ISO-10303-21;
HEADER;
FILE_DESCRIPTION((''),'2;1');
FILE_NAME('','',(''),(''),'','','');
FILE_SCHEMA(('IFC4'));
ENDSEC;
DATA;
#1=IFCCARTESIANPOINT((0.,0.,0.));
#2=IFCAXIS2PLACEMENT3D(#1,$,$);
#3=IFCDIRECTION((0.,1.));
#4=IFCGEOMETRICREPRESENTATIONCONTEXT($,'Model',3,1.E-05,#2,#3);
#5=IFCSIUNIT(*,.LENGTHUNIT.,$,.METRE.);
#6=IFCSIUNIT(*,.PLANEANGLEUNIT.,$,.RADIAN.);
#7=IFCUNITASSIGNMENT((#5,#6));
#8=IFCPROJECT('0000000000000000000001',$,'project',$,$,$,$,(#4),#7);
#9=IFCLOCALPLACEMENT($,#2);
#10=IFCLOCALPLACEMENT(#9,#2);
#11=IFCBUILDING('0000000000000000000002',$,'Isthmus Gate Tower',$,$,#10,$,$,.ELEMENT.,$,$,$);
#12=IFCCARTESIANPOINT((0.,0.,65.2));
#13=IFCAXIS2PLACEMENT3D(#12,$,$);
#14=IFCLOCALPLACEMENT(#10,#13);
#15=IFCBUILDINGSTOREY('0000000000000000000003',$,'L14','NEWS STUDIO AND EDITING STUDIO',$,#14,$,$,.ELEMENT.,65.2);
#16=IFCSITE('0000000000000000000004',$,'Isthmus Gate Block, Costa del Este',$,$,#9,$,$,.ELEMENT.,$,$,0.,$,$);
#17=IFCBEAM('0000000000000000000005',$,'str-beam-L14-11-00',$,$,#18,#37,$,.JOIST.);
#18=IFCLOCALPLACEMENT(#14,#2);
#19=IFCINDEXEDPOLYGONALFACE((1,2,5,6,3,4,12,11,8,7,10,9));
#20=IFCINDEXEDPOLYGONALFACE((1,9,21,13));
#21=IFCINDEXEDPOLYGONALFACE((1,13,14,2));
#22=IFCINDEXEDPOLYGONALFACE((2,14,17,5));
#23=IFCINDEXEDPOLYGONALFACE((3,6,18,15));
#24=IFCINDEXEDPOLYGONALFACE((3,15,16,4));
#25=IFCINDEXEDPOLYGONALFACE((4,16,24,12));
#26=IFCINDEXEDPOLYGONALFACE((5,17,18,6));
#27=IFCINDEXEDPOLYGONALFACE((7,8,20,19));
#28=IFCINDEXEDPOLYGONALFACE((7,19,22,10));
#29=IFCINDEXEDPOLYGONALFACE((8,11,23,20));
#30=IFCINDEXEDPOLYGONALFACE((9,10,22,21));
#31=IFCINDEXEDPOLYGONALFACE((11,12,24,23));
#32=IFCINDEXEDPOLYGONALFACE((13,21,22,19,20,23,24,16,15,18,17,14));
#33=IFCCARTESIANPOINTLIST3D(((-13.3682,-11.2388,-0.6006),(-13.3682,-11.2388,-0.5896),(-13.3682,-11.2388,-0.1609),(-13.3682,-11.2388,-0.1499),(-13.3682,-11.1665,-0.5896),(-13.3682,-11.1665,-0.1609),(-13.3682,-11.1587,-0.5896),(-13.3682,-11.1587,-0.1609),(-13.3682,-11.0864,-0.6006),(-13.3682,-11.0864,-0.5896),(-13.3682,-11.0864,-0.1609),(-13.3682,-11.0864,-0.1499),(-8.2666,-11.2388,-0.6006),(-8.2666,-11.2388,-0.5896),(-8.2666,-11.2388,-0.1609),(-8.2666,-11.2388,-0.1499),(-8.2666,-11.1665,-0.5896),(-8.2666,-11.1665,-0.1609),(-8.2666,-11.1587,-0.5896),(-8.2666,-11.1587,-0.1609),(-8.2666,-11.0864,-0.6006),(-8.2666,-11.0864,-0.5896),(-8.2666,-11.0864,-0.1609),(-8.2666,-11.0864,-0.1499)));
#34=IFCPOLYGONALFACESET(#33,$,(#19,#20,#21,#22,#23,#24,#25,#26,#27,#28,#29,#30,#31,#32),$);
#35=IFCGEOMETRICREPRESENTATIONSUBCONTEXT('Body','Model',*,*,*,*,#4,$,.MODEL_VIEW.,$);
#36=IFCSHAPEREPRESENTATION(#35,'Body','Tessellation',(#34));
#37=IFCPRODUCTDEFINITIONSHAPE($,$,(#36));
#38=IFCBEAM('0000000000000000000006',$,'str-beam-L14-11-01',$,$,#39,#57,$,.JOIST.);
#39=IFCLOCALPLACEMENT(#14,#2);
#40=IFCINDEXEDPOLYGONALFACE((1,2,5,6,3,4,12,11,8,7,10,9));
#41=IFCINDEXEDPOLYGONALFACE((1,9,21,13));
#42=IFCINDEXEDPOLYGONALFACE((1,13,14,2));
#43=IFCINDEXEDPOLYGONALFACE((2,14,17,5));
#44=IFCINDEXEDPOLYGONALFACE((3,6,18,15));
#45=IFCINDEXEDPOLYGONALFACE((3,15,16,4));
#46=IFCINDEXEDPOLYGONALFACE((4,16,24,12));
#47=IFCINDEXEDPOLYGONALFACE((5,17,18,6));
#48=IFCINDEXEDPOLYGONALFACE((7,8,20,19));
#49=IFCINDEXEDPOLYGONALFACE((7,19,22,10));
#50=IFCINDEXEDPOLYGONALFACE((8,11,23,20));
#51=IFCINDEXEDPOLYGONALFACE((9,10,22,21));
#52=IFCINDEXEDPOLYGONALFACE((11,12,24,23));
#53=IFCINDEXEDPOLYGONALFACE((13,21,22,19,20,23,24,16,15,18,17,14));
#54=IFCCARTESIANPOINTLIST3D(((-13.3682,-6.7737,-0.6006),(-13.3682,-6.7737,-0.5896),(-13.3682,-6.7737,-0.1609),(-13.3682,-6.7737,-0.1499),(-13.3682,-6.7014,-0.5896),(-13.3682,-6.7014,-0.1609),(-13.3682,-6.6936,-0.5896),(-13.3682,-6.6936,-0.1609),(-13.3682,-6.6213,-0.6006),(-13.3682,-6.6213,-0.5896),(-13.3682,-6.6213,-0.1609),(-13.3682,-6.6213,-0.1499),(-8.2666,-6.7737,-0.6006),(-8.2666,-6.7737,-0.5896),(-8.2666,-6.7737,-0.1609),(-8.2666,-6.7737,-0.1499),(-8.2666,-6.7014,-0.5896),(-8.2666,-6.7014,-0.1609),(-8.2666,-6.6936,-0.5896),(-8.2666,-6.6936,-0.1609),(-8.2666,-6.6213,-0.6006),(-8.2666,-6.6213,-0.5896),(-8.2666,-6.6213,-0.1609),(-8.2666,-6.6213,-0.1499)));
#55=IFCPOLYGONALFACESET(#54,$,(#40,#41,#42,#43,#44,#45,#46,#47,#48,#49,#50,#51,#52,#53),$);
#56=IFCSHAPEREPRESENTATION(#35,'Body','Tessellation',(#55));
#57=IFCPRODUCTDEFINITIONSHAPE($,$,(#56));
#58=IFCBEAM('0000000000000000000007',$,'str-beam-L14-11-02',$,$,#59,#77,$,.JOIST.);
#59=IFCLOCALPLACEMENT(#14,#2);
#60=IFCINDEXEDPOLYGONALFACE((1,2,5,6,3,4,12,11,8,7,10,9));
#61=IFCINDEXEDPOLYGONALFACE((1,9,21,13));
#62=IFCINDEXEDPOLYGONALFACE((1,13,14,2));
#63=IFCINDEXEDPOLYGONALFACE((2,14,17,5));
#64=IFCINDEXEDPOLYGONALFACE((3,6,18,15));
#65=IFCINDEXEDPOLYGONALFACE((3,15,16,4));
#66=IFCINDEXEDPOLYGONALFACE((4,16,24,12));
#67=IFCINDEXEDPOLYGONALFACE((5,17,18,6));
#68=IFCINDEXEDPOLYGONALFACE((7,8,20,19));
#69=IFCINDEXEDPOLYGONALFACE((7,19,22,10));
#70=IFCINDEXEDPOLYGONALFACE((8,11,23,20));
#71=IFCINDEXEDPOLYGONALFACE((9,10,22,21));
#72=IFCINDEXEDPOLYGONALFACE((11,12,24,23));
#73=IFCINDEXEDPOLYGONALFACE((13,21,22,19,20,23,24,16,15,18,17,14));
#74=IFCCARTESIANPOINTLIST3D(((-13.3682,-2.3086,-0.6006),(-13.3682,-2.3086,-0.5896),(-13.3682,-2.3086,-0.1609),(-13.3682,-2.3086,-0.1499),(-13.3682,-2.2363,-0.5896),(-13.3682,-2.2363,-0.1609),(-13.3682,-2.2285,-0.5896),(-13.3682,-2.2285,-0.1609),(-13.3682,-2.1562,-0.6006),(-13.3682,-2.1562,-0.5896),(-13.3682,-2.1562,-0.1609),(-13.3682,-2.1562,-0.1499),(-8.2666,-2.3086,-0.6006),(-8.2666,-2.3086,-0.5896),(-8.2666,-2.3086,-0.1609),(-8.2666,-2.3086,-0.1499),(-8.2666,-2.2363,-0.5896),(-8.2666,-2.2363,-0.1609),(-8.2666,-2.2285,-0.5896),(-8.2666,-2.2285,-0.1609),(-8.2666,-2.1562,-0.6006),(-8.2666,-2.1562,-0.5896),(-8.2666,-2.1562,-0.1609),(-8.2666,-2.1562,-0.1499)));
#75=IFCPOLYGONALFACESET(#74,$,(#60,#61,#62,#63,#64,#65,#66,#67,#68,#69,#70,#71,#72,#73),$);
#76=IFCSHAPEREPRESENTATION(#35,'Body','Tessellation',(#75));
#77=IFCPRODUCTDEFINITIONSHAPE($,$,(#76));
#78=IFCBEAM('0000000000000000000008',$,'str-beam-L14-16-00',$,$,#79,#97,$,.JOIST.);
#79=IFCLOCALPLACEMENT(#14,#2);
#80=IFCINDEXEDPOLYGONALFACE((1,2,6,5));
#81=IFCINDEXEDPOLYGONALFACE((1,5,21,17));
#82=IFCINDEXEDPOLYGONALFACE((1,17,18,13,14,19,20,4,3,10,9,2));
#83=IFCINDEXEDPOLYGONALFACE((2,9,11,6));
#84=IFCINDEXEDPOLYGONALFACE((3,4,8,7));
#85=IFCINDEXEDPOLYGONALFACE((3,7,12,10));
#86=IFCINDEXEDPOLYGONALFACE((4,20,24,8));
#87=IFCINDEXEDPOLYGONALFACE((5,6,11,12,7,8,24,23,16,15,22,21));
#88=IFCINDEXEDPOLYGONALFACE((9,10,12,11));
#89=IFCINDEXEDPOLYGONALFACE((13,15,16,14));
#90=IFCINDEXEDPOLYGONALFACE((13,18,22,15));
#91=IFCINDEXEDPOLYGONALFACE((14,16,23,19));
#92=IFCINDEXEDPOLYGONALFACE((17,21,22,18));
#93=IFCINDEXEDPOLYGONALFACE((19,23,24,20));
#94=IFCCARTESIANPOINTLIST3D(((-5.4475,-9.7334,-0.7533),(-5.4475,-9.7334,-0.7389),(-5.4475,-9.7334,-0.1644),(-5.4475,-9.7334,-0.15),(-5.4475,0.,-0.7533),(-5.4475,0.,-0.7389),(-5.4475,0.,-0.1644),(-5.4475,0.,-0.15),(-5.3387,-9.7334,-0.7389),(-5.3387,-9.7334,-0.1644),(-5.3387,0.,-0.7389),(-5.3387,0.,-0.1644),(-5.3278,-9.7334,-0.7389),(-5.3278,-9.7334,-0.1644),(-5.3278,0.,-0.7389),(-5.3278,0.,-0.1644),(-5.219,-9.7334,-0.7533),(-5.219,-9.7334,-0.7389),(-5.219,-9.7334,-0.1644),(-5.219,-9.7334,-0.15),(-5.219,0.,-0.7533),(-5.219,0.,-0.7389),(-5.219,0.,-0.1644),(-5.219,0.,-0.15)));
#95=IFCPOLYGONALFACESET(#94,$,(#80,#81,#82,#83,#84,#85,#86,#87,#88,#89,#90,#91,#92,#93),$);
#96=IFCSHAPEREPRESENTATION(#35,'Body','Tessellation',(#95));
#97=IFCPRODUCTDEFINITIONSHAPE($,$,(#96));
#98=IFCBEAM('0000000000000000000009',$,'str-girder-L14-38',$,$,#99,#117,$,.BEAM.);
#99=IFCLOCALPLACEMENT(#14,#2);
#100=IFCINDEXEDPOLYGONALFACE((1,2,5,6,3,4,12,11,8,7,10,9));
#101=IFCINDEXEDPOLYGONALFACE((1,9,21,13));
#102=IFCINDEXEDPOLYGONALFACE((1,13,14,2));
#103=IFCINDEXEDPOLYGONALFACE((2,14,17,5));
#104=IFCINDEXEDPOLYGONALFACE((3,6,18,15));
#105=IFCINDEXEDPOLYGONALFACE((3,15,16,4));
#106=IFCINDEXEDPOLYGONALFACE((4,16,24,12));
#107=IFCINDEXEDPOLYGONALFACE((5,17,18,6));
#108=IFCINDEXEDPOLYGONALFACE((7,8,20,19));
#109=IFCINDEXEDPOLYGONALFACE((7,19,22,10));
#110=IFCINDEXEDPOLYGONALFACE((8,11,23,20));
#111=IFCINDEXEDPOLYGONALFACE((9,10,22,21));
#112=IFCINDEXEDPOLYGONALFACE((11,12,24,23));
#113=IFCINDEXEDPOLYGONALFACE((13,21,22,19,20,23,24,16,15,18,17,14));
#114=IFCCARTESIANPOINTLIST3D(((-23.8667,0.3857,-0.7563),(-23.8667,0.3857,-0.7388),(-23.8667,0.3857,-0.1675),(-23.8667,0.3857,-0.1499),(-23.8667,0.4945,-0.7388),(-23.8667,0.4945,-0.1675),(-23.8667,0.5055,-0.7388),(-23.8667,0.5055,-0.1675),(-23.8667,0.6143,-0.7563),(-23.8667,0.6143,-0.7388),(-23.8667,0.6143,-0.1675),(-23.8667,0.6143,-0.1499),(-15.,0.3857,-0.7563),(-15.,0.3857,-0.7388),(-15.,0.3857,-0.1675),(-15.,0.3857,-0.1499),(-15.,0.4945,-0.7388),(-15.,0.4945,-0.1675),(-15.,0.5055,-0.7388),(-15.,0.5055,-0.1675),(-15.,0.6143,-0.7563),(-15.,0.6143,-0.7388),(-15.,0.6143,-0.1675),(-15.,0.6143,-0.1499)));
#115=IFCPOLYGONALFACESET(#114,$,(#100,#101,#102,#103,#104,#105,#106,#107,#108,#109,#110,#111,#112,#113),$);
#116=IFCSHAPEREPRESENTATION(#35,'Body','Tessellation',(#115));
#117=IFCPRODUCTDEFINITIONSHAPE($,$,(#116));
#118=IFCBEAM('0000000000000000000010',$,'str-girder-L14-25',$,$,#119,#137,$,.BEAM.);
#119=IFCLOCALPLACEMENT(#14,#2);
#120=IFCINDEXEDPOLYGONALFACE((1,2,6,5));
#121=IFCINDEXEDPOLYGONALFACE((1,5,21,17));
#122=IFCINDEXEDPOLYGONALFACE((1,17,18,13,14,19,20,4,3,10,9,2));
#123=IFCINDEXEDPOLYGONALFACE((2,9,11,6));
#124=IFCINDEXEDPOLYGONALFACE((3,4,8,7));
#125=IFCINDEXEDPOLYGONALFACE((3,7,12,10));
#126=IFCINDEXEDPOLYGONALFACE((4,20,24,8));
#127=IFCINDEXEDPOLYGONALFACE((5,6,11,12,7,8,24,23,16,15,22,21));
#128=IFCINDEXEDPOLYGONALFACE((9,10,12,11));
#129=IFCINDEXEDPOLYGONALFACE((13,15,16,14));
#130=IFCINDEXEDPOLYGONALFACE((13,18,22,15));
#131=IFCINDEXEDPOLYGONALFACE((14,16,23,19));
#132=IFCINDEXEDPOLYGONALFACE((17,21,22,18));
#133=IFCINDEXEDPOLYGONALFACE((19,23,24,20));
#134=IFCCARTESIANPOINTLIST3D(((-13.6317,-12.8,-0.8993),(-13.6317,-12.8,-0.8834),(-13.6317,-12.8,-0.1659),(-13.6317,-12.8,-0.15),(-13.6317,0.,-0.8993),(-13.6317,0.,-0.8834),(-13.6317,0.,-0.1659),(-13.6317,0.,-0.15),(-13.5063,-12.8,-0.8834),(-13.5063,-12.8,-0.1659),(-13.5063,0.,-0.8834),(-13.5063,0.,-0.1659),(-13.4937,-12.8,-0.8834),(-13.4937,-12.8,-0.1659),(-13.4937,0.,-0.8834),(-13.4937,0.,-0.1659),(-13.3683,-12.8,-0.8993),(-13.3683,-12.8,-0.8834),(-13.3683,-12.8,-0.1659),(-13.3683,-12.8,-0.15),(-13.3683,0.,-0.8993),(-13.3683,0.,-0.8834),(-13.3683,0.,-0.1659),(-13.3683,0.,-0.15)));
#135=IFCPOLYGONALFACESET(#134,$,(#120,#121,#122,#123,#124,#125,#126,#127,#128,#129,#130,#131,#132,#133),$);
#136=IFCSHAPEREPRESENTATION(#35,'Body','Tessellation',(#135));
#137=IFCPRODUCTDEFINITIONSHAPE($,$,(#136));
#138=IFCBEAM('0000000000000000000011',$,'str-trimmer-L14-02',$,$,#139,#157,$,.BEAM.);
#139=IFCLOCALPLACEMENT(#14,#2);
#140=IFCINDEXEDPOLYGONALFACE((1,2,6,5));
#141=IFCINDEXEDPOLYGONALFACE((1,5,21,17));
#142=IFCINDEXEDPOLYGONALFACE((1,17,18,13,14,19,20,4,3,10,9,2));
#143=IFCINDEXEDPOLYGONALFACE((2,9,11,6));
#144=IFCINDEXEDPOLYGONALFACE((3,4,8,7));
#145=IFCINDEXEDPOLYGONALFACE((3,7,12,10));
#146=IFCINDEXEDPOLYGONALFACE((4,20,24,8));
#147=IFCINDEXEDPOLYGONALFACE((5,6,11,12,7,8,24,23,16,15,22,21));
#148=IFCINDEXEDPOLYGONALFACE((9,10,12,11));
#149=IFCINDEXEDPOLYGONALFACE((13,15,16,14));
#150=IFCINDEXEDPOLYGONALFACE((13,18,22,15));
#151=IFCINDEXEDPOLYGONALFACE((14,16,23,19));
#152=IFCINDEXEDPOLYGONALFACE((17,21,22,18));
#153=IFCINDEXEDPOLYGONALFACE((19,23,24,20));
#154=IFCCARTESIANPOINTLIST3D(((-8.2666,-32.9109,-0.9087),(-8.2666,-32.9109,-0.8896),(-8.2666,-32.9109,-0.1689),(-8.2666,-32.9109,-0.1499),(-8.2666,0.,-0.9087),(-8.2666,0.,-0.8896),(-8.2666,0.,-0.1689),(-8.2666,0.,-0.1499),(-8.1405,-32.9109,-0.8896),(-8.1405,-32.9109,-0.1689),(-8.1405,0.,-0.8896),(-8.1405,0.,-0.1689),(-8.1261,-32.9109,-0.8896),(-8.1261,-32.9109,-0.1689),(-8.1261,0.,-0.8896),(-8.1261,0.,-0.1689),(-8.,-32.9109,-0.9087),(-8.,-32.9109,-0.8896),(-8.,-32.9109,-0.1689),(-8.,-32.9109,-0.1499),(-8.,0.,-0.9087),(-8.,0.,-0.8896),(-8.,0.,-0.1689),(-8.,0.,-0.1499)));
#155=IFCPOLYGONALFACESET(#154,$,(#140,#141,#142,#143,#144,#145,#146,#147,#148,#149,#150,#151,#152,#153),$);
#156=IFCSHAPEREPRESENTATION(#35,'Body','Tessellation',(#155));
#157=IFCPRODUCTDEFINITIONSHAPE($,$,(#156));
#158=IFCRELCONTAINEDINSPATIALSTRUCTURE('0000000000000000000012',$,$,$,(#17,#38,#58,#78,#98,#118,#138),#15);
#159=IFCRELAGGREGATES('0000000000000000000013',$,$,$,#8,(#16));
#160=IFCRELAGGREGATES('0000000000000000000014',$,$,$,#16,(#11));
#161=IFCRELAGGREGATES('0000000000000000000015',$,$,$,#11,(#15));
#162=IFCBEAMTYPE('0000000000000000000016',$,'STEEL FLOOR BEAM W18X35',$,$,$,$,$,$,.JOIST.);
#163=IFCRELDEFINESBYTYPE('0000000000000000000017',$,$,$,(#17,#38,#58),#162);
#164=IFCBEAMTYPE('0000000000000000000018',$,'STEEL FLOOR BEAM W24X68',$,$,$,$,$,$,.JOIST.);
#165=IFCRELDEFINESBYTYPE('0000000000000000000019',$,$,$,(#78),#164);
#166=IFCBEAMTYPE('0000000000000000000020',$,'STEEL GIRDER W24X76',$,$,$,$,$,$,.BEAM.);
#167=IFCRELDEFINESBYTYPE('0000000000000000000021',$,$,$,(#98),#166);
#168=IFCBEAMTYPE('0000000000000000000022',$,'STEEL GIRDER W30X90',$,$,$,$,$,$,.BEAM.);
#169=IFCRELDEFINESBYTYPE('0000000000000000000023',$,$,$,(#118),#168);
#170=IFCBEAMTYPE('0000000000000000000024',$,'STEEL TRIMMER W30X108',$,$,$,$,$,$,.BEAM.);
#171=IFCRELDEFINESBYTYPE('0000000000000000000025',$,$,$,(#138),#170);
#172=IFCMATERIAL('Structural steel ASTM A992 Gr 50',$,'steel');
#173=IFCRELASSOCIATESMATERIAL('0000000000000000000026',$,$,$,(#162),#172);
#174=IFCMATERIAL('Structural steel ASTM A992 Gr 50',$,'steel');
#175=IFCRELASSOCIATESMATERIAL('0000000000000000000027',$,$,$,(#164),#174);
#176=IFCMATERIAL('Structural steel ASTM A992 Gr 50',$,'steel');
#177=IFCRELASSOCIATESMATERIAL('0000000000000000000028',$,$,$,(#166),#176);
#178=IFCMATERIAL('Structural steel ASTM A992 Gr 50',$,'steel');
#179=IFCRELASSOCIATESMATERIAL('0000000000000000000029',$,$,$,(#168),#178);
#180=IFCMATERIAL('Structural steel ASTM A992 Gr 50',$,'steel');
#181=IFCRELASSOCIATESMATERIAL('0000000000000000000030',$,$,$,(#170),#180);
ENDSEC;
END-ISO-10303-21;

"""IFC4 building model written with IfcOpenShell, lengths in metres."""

from ifc_helpers import new_model, si_unit, direction, frame, origin, origin_2d, place, context, subcontext, project, spatial, i_section, extrude, material, material_profile, profile_set, type_object, element, save


model = new_model("IFC4")

# Units and contexts
model_context = context("Model", 3, precision=1e-05, world=origin(), true_north=direction((0.0, 1.0)))
body_context = subcontext(model_context, "Body", "Model", "MODEL_VIEW")
ifc_project = project(units=[si_unit("LENGTHUNIT", "METRE"), si_unit("PLANEANGLEUNIT", "RADIAN")], contexts=[model_context])

# Site, building, storey
site_placement = place(None, origin())
site = spatial("IfcSite", under=ifc_project, at=site_placement, Name="Isthmus Gate Block, Costa del Este", CompositionType="ELEMENT", RefElevation=0.0)
building_placement = place(site_placement, origin())
building = spatial("IfcBuilding", under=site, at=building_placement, Name="Isthmus Gate Tower", CompositionType="ELEMENT")
storey_placement = place(building_placement, frame((0.0, 0.0, 65.2)))
storey = spatial("IfcBuildingStorey", under=building, at=storey_placement, Name="L14", Description="NEWS STUDIO AND EDITING STUDIO", CompositionType="ELEMENT", Elevation=65.2)

# Beams
ifc_material_1 = material(Name="Structural steel ASTM A992 Gr 50", Category="steel")
ifc_material_profile_1 = material_profile(ifc_material_1, i_section(OverallWidth=0.1523, OverallDepth=0.4507, WebThickness=0.0078, FlangeThickness=0.011, at=origin_2d()), Name="W18X35")
ifc_profile_set_1 = profile_set([ifc_material_profile_1], Name="Structural steel ASTM A992 Gr 50")
beam_type_1 = type_object("IfcBeamType", Name="STEEL FLOOR BEAM W18X35", PredefinedType="JOIST", material=ifc_profile_set_1)
for number, where, z_axis, x_axis, name in (
    (1, (-13.3682, -11.1626, -0.3752), (1.0, 0.0, 0.0), (0.0, 1.0, 0.0), "str-beam-L14-11-00"),
    (2, (-13.3682, -6.6975, -0.3752), (1.0, 0.0, 0.0), (0.0, 1.0, 0.0), "str-beam-L14-11-01"),
    (3, (-13.3682, -2.2324, -0.3752), (1.0, 0.0, 0.0), (0.0, 1.0, 0.0), "str-beam-L14-11-02"),
):
    element("IfcBeam", number, at=place(storey_placement, frame(where, z_axis=z_axis, x_axis=x_axis)), inside=storey, type_object=beam_type_1, Name=name, PredefinedType="JOIST", context=body_context, shape_type="SweptSolid", body=[
        extrude(i_section(OverallWidth=0.1523, OverallDepth=0.4507, WebThickness=0.0078, FlangeThickness=0.011, at=origin_2d()), origin(), (0.0, 0.0, 1.0), 5.1016),
    ])
ifc_material_2 = material(Name="Structural steel ASTM A992 Gr 50", Category="steel")
ifc_material_profile_2 = material_profile(ifc_material_2, i_section(OverallWidth=0.2285, OverallDepth=0.6033, WebThickness=0.011, FlangeThickness=0.0144, at=origin_2d()), Name="W24X68")
ifc_profile_set_2 = profile_set([ifc_material_profile_2], Name="Structural steel ASTM A992 Gr 50")
beam_type_2 = type_object("IfcBeamType", Name="STEEL FLOOR BEAM W24X68", PredefinedType="JOIST", material=ifc_profile_set_2)
beam_1_placement = place(storey_placement, frame((-5.3333, -9.7334, -0.4517), z_axis=(0.0, 1.0, 0.0), x_axis=(-1.0, 0.0, 0.0)))
element("IfcBeam", 4, at=beam_1_placement, inside=storey, type_object=beam_type_2, Name="str-beam-L14-16-00", PredefinedType="JOIST", context=body_context, shape_type="SweptSolid", body=[
    extrude(i_section(OverallWidth=0.2285, OverallDepth=0.6033, WebThickness=0.011, FlangeThickness=0.0144, at=origin_2d()), origin(), (0.0, 0.0, 1.0), 9.7334),
])
ifc_material_3 = material(Name="Structural steel ASTM A992 Gr 50", Category="steel")
ifc_material_profile_3 = material_profile(ifc_material_3, i_section(OverallWidth=0.2285, OverallDepth=0.6064, WebThickness=0.011, FlangeThickness=0.0176, at=origin_2d()), Name="W24X76")
ifc_profile_set_3 = profile_set([ifc_material_profile_3], Name="Structural steel ASTM A992 Gr 50")
beam_type_3 = type_object("IfcBeamType", Name="STEEL GIRDER W24X76", PredefinedType="BEAM", material=ifc_profile_set_3)
beam_2_placement = place(storey_placement, frame((-15.0, 0.5, -0.4531), z_axis=(-1.0, 0.0, 0.0), x_axis=(0.0, -1.0, 0.0)))
element("IfcBeam", 5, at=beam_2_placement, inside=storey, type_object=beam_type_3, Name="str-girder-L14-38", PredefinedType="BEAM", context=body_context, shape_type="SweptSolid", body=[
    extrude(i_section(OverallWidth=0.2285, OverallDepth=0.6064, WebThickness=0.011, FlangeThickness=0.0176, at=origin_2d()), origin(), (0.0, 0.0, 1.0), 8.8667),
])
ifc_material_4 = material(Name="Structural steel ASTM A992 Gr 50", Category="steel")
ifc_material_profile_4 = material_profile(ifc_material_4, i_section(OverallWidth=0.2634, OverallDepth=0.7493, WebThickness=0.0127, FlangeThickness=0.0159, at=origin_2d()), Name="W30X90")
ifc_profile_set_4 = profile_set([ifc_material_profile_4], Name="Structural steel ASTM A992 Gr 50")
beam_type_4 = type_object("IfcBeamType", Name="STEEL GIRDER W30X90", PredefinedType="BEAM", material=ifc_profile_set_4)
beam_3_placement = place(storey_placement, frame((-13.5, -12.8, -0.5247), z_axis=(0.0, 1.0, 0.0), x_axis=(-1.0, 0.0, 0.0)))
element("IfcBeam", 6, at=beam_3_placement, inside=storey, type_object=beam_type_4, Name="str-girder-L14-25", PredefinedType="BEAM", context=body_context, shape_type="SweptSolid", body=[
    extrude(i_section(OverallWidth=0.2634, OverallDepth=0.7493, WebThickness=0.0127, FlangeThickness=0.0159, at=origin_2d()), origin(), (0.0, 0.0, 1.0), 12.8),
])
ifc_material_5 = material(Name="Structural steel ASTM A992 Gr 50", Category="steel")
ifc_material_profile_5 = material_profile(ifc_material_5, i_section(OverallWidth=0.2666, OverallDepth=0.7588, WebThickness=0.0144, FlangeThickness=0.019, at=origin_2d()), Name="W30X108")
ifc_profile_set_5 = profile_set([ifc_material_profile_5], Name="Structural steel ASTM A992 Gr 50")
beam_type_5 = type_object("IfcBeamType", Name="STEEL TRIMMER W30X108", PredefinedType="BEAM", material=ifc_profile_set_5)
beam_4_placement = place(storey_placement, frame((-8.1333, 0.0, -0.5293), z_axis=(0.0, -1.0, 0.0), x_axis=(1.0, 0.0, 0.0)))
element("IfcBeam", 7, at=beam_4_placement, inside=storey, type_object=beam_type_5, Name="str-trimmer-L14-02", PredefinedType="BEAM", context=body_context, shape_type="SweptSolid", body=[
    extrude(i_section(OverallWidth=0.2666, OverallDepth=0.7588, WebThickness=0.0144, FlangeThickness=0.019, at=origin_2d()), origin(), (0.0, 0.0, 1.0), 32.9109),
])

save(model, "model.ifc")
